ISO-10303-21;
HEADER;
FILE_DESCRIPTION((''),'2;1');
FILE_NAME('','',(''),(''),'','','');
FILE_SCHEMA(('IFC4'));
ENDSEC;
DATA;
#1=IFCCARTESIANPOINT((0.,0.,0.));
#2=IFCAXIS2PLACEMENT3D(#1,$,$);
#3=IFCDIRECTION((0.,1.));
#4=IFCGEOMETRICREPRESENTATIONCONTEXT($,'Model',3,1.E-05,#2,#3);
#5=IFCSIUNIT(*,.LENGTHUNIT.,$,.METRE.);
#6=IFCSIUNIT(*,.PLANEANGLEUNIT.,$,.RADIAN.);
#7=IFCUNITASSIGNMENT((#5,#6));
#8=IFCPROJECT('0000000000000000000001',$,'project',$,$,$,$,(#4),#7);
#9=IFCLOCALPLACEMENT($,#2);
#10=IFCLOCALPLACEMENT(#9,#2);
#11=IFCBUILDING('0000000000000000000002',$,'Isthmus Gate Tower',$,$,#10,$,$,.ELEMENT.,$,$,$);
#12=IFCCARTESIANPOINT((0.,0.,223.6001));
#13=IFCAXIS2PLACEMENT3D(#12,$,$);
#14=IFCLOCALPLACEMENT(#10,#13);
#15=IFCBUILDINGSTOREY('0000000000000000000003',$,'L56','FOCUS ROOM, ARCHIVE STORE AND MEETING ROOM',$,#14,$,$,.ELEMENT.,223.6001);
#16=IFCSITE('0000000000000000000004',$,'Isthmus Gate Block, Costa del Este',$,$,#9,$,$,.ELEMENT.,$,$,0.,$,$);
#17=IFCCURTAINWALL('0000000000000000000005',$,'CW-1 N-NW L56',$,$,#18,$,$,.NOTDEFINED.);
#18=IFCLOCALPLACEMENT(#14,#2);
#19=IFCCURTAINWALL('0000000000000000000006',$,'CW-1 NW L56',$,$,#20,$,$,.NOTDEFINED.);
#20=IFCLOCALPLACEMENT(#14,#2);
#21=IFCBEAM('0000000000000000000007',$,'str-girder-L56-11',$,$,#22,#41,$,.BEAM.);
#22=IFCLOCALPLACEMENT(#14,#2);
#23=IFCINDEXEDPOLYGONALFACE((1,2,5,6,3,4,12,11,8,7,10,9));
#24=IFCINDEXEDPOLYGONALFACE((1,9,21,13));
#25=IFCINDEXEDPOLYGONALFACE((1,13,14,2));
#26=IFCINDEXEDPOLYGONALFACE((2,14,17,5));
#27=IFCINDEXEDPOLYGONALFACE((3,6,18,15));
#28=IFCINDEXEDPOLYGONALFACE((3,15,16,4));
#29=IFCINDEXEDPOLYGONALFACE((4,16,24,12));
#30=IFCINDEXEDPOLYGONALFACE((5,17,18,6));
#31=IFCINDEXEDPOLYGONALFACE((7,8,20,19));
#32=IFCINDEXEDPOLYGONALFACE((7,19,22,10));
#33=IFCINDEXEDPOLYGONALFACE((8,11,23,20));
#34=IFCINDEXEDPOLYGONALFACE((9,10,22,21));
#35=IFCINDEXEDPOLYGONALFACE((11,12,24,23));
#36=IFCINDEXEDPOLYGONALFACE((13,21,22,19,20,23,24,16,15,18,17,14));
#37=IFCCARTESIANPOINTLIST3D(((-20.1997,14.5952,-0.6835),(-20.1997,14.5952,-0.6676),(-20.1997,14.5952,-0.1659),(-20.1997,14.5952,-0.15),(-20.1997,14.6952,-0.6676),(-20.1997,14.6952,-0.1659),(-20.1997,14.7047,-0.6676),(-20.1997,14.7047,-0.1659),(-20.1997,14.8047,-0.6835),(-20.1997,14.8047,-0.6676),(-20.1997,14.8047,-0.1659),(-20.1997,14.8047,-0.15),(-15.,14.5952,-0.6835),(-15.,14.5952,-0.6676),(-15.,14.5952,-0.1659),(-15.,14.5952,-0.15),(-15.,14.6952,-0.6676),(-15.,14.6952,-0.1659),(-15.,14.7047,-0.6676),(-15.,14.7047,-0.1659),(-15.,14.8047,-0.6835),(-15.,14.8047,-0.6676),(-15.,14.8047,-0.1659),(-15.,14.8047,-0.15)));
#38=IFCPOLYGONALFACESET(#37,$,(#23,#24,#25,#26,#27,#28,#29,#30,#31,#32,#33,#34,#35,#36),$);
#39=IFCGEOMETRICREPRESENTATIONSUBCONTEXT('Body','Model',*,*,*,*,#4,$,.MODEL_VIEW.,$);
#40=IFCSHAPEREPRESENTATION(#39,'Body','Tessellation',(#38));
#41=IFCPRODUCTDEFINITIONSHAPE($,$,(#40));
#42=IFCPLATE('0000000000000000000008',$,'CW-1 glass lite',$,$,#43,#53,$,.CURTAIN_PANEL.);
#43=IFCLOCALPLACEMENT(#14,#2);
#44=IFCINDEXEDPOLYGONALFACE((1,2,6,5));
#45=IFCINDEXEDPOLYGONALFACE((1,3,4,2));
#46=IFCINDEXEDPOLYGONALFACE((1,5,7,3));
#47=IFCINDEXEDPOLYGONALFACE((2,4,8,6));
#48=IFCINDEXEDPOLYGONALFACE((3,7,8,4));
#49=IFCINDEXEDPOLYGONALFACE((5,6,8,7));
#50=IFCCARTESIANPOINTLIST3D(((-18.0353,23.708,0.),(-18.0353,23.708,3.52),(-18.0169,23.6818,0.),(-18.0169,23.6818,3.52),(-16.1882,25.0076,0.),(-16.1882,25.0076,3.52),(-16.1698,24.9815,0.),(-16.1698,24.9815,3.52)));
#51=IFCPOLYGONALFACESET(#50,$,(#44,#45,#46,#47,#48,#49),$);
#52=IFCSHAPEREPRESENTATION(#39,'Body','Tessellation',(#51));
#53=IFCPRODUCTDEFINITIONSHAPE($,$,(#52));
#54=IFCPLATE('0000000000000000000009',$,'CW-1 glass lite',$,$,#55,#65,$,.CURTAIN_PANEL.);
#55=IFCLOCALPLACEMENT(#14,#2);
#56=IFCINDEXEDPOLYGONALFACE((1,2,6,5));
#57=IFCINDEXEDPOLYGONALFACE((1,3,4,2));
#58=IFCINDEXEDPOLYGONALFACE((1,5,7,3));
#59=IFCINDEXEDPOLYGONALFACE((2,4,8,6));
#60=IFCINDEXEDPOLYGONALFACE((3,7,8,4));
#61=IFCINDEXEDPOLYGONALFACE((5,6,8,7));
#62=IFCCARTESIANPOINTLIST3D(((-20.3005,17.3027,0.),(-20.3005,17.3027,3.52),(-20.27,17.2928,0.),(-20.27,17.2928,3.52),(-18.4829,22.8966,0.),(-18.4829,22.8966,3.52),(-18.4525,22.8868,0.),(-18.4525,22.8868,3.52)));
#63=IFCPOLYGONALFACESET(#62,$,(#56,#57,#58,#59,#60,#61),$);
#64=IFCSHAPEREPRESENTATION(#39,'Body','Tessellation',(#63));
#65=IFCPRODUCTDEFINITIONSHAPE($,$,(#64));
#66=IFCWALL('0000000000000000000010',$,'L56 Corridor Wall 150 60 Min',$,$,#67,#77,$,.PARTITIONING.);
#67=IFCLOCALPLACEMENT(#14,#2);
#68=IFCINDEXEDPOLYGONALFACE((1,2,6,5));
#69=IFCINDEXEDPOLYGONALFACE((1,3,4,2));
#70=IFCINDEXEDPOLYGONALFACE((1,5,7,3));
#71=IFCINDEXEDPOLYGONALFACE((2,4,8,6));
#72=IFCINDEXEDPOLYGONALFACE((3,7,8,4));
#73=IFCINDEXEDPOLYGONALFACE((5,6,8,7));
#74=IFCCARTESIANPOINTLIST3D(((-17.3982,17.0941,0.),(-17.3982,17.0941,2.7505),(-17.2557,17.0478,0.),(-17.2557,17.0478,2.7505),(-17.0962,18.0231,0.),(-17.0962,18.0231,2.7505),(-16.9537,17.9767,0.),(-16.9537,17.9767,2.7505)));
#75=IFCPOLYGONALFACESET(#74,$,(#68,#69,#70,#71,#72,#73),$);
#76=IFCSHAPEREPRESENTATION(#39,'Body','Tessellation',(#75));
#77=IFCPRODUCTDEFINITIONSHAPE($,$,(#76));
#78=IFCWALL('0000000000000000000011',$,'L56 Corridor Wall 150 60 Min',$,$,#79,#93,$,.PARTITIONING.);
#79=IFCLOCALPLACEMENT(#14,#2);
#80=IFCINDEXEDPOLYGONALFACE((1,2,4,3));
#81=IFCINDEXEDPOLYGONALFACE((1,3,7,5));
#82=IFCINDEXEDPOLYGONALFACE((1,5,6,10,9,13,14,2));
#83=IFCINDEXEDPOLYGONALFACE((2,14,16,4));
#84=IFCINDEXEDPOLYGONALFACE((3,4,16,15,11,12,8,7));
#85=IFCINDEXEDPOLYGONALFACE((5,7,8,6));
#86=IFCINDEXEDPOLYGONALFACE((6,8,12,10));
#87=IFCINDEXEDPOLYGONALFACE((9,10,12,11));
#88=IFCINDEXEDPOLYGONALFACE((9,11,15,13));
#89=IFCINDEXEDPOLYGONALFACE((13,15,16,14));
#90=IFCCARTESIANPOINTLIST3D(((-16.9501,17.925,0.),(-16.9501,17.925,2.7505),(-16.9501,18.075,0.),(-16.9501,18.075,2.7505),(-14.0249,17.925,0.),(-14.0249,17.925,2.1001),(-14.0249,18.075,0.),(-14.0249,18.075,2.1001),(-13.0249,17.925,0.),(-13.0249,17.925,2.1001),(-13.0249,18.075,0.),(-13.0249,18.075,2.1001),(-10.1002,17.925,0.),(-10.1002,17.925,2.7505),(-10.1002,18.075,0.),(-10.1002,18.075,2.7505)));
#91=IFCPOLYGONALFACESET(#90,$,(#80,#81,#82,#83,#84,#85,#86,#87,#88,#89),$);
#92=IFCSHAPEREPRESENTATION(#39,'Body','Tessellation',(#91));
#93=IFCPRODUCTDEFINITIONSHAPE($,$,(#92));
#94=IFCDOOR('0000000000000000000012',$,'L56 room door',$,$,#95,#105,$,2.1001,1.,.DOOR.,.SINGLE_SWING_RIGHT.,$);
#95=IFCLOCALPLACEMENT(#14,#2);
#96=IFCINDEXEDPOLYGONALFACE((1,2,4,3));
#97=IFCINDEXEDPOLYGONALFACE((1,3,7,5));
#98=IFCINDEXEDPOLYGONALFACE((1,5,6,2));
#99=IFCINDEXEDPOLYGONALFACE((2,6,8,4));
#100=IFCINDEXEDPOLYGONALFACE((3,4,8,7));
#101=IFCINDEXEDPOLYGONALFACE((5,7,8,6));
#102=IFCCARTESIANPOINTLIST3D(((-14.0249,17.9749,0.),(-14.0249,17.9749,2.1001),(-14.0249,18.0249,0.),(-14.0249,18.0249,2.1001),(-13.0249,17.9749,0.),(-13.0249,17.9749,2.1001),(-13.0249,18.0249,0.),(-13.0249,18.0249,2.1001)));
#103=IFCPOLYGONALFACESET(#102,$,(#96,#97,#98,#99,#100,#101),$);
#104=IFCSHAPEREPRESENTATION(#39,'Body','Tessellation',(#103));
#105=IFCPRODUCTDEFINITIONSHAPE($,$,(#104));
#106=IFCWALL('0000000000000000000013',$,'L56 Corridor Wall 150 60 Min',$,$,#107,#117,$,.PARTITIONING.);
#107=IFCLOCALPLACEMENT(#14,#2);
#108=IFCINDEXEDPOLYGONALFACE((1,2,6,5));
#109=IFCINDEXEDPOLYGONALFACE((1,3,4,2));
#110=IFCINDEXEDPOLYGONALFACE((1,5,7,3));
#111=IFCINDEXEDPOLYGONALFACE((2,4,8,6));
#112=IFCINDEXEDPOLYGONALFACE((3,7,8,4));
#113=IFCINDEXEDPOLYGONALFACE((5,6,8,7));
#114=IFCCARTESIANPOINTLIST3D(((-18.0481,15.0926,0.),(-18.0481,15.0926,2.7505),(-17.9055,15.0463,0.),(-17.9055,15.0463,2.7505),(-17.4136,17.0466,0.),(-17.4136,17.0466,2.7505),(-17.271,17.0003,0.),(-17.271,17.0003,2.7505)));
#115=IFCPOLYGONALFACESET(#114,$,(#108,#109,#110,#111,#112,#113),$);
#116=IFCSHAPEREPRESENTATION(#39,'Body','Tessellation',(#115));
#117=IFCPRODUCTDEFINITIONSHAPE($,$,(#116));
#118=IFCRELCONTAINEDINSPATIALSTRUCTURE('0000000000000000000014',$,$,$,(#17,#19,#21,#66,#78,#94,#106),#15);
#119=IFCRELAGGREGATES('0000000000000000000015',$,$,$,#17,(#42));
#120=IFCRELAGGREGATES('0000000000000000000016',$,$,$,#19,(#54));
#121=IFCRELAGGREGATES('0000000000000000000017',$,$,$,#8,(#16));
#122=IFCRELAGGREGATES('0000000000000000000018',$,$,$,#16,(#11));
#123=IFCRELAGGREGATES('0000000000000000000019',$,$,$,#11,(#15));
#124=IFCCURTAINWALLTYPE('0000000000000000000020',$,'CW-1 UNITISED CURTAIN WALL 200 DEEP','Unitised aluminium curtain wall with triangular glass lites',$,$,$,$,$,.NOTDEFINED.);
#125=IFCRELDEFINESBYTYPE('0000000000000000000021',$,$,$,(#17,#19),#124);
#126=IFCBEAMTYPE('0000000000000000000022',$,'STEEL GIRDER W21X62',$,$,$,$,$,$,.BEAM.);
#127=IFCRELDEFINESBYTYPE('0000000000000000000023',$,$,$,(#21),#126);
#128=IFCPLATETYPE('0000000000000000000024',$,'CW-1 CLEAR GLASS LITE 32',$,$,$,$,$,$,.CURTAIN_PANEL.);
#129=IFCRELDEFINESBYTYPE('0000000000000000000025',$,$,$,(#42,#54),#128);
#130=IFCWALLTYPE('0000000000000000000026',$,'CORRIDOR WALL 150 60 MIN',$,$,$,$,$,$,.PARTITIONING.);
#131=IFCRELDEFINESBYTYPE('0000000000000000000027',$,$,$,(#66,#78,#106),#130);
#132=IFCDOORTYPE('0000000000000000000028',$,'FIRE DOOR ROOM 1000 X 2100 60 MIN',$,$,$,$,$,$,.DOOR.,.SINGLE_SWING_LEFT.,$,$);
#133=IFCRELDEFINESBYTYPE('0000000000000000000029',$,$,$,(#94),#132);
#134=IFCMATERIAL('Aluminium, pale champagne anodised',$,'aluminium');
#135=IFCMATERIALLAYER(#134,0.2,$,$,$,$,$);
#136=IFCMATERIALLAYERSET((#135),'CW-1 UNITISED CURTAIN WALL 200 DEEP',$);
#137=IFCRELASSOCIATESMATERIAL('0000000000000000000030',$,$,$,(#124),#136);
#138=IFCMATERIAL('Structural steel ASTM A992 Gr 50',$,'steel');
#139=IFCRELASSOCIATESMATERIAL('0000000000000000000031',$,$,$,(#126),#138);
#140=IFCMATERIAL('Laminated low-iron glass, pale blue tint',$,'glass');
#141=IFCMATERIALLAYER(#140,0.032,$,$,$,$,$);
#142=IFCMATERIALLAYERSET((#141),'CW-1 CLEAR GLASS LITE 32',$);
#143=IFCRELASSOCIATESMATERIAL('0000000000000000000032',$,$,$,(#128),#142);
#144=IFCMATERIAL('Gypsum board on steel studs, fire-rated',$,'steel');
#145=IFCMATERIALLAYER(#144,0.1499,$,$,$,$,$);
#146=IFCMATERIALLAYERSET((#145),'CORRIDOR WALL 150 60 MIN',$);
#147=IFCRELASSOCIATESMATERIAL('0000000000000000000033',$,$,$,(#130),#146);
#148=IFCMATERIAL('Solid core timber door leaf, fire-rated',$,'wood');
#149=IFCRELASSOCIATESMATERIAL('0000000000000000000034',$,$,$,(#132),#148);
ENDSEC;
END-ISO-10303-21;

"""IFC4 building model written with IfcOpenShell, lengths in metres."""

from ifc_helpers import new_model, si_unit, direction, frame, frame_2d, origin, origin_2d, place, context, subcontext, project, spatial, rectangle, i_section, extrude, material, layer, layer_set, material_profile, profile_set, type_object, element, fill, aggregate, save


model = new_model("IFC4")

# Units and contexts
model_context = context("Model", 3, precision=1e-05, world=origin(), true_north=direction((0.0, 1.0)))
body_context = subcontext(model_context, "Body", "Model", "MODEL_VIEW")
ifc_project = project(units=[si_unit("LENGTHUNIT", "METRE"), si_unit("PLANEANGLEUNIT", "RADIAN")], contexts=[model_context])

# Site, building, storey
site_placement = place(None, origin())
site = spatial("IfcSite", under=ifc_project, at=site_placement, Name="Isthmus Gate Block, Costa del Este", CompositionType="ELEMENT", RefElevation=0.0)
building_placement = place(site_placement, origin())
building = spatial("IfcBuilding", under=site, at=building_placement, Name="Isthmus Gate Tower", CompositionType="ELEMENT")
storey_placement = place(building_placement, frame((0.0, 0.0, 223.6001)))
storey = spatial("IfcBuildingStorey", under=building, at=storey_placement, Name="L56", Description="FOCUS ROOM, ARCHIVE STORE AND MEETING ROOM", CompositionType="ELEMENT", Elevation=223.6001)

# Curtain walls
ifc_material_1 = material(Name="Aluminium, pale champagne anodised", Category="aluminium")
ifc_layer_1 = layer(ifc_material_1, 0.2)
ifc_layer_set_1 = layer_set([ifc_layer_1], Name="CW-1 UNITISED CURTAIN WALL 200 DEEP")
curtain_wall_type = type_object("IfcCurtainWallType", Name="CW-1 UNITISED CURTAIN WALL 200 DEEP", Description="Unitised aluminium curtain wall with triangular glass lites", PredefinedType="NOTDEFINED", material=ifc_layer_set_1)
curtain_wall_1_placement = place(storey_placement, origin())
curtain_wall_1 = element("IfcCurtainWall", 1, at=curtain_wall_1_placement, inside=storey, type_object=curtain_wall_type, Name="CW-1 N-NW L56", PredefinedType="NOTDEFINED")
curtain_wall_2_placement = place(storey_placement, origin())
curtain_wall_2 = element("IfcCurtainWall", 2, at=curtain_wall_2_placement, inside=storey, type_object=curtain_wall_type, Name="CW-1 NW L56", PredefinedType="NOTDEFINED")

# Beam
ifc_material_2 = material(Name="Structural steel ASTM A992 Gr 50", Category="steel")
ifc_material_profile_1 = material_profile(ifc_material_2, i_section(OverallWidth=0.2095, OverallDepth=0.5334, WebThickness=0.0095, FlangeThickness=0.0159, at=origin_2d()), Name="W21X62")
ifc_profile_set_1 = profile_set([ifc_material_profile_1], Name="Structural steel ASTM A992 Gr 50")
beam_type_1 = type_object("IfcBeamType", Name="STEEL GIRDER W21X62", PredefinedType="BEAM", material=ifc_profile_set_1)
beam_1_placement = place(storey_placement, frame((-15.0, 14.7, -0.4167), z_axis=(-1.0, 0.0, 0.0), x_axis=(0.0, -1.0, 0.0)))
element("IfcBeam", 3, at=beam_1_placement, inside=storey, type_object=beam_type_1, Name="str-girder-L56-11", PredefinedType="BEAM", context=body_context, shape_type="SweptSolid", body=[
    extrude(i_section(OverallWidth=0.2095, OverallDepth=0.5334, WebThickness=0.0095, FlangeThickness=0.0159, at=origin_2d()), origin(), (0.0, 0.0, 1.0), 5.1997),
])

# Plates
ifc_material_3 = material(Name="Laminated low-iron glass, pale blue tint", Category="glass")
ifc_layer_2 = layer(ifc_material_3, 0.032)
ifc_layer_set_2 = layer_set([ifc_layer_2], Name="CW-1 CLEAR GLASS LITE 32")
plate_type = type_object("IfcPlateType", Name="CW-1 CLEAR GLASS LITE 32", PredefinedType="CURTAIN_PANEL", material=ifc_layer_set_2)
plate_1_placement = place(storey_placement, frame((-17.1025, 24.3447, 0.0), z_axis=(0.0, 0.0, 1.0), x_axis=(-0.81786, -0.575418, 0.0)))
plate_1 = element("IfcPlate", 4, at=plate_1_placement, type_object=plate_type, Name="CW-1 glass lite", PredefinedType="CURTAIN_PANEL", context=body_context, shape_type="SweptSolid", body=[
    extrude(rectangle(XDim=2.2585, YDim=0.032, at=origin_2d()), origin(), (0.0, 0.0, 1.0), 3.52),
])
aggregate(curtain_wall_1, [plate_1])
plate_2_placement = place(storey_placement, frame((-19.3765, 20.0947, 0.0), z_axis=(0.0, 0.0, 1.0), x_axis=(-0.309017, -0.951057, 0.0)))
plate_2 = element("IfcPlate", 5, at=plate_2_placement, type_object=plate_type, Name="CW-1 glass lite", PredefinedType="CURTAIN_PANEL", context=body_context, shape_type="SweptSolid", body=[
    extrude(rectangle(XDim=5.8818, YDim=0.032, at=origin_2d()), origin(), (0.0, 0.0, 1.0), 3.52),
])
aggregate(curtain_wall_2, [plate_2])

# Wall
ifc_material_4 = material(Name="Gypsum board on steel studs, fire-rated", Category="steel")
ifc_layer_3 = layer(ifc_material_4, 0.1499)
ifc_layer_set_3 = layer_set([ifc_layer_3], Name="CORRIDOR WALL 150 60 MIN")
wall_type_1 = type_object("IfcWallType", Name="CORRIDOR WALL 150 60 MIN", PredefinedType="PARTITIONING", material=ifc_layer_set_3)
wall_1_placement = place(storey_placement, frame((-17.3269, 17.071, 0.0), z_axis=(0.0, 0.0, 1.0), x_axis=(0.309171, 0.951007, 0.0)))
element("IfcWall", 6, at=wall_1_placement, inside=storey, type_object=wall_type_1, Name="L56 Corridor Wall 150 60 Min", PredefinedType="PARTITIONING", context=body_context, shape_type="SweptSolid", body=[
    extrude(rectangle(XDim=0.9768, YDim=0.1499, at=frame_2d((0.4883, 0.0))), origin(), (0.0, 0.0, 1.0), 2.7505),
])

# Wall, opening, door
wall_2_placement = place(storey_placement, frame((-16.95, 18.0, 0.0), z_axis=(0.0, 0.0, 1.0), x_axis=(1.0, 0.0, 0.0)))
wall_2 = element("IfcWall", 7, at=wall_2_placement, inside=storey, type_object=wall_type_1, Name="L56 Corridor Wall 150 60 Min", PredefinedType="PARTITIONING", context=body_context, shape_type="SweptSolid", body=[
    extrude(rectangle(XDim=6.8499, YDim=0.1499, at=frame_2d((3.4248, 0.0))), origin(), (0.0, 0.0, 1.0), 2.7505),
])
opening_1_placement = place(wall_2_placement, frame((2.925, 0.0, 0.0)))
opening_1 = element("IfcOpeningElement", 8, at=opening_1_placement, cuts=wall_2, PredefinedType="OPENING", context=body_context, shape_type="SweptSolid", body=[
    extrude(rectangle(XDim=1.0, YDim=2.1001, at=frame_2d((0.5, 1.05))), frame((0.0, 0.085, 0.0), z_axis=(0.0, -1.0, 0.0), x_axis=(1.0, 0.0, 0.0)), (0.0, 0.0, 1.0), 0.1699),
])
ifc_material_5 = material(Name="Solid core timber door leaf, fire-rated", Category="wood")
door_type_1 = type_object("IfcDoorType", Name="FIRE DOOR ROOM 1000 X 2100 60 MIN", OperationType="SINGLE_SWING_LEFT", PredefinedType="DOOR", material=ifc_material_5)
door_1_placement = place(opening_1_placement, origin())
door_1 = element("IfcDoor", 9, at=door_1_placement, inside=storey, type_object=door_type_1, Name="L56 room door", OperationType="SINGLE_SWING_RIGHT", OverallHeight=2.1001, OverallWidth=1.0, PredefinedType="DOOR", context=body_context, shape_type="SweptSolid", body=[
    extrude(rectangle(XDim=1.0, YDim=2.1001, at=frame_2d((0.5, 1.05))), frame((0.0, 0.0249, 0.0), z_axis=(0.0, -1.0, 0.0), x_axis=(1.0, 0.0, 0.0)), (0.0, 0.0, 1.0), 0.05),
])
fill(opening_1, door_1)

# Wall
wall_3_placement = place(storey_placement, frame((-17.9768, 15.0693, 0.0), z_axis=(0.0, 0.0, 1.0), x_axis=(0.308839, 0.951114, 0.0)))
element("IfcWall", 10, at=wall_3_placement, inside=storey, type_object=wall_type_1, Name="L56 Corridor Wall 150 60 Min", PredefinedType="PARTITIONING", context=body_context, shape_type="SweptSolid", body=[
    extrude(rectangle(XDim=2.0544, YDim=0.1499, at=frame_2d((1.0273, 0.0))), origin(), (0.0, 0.0, 1.0), 2.7505),
])

save(model, "model.ifc")
